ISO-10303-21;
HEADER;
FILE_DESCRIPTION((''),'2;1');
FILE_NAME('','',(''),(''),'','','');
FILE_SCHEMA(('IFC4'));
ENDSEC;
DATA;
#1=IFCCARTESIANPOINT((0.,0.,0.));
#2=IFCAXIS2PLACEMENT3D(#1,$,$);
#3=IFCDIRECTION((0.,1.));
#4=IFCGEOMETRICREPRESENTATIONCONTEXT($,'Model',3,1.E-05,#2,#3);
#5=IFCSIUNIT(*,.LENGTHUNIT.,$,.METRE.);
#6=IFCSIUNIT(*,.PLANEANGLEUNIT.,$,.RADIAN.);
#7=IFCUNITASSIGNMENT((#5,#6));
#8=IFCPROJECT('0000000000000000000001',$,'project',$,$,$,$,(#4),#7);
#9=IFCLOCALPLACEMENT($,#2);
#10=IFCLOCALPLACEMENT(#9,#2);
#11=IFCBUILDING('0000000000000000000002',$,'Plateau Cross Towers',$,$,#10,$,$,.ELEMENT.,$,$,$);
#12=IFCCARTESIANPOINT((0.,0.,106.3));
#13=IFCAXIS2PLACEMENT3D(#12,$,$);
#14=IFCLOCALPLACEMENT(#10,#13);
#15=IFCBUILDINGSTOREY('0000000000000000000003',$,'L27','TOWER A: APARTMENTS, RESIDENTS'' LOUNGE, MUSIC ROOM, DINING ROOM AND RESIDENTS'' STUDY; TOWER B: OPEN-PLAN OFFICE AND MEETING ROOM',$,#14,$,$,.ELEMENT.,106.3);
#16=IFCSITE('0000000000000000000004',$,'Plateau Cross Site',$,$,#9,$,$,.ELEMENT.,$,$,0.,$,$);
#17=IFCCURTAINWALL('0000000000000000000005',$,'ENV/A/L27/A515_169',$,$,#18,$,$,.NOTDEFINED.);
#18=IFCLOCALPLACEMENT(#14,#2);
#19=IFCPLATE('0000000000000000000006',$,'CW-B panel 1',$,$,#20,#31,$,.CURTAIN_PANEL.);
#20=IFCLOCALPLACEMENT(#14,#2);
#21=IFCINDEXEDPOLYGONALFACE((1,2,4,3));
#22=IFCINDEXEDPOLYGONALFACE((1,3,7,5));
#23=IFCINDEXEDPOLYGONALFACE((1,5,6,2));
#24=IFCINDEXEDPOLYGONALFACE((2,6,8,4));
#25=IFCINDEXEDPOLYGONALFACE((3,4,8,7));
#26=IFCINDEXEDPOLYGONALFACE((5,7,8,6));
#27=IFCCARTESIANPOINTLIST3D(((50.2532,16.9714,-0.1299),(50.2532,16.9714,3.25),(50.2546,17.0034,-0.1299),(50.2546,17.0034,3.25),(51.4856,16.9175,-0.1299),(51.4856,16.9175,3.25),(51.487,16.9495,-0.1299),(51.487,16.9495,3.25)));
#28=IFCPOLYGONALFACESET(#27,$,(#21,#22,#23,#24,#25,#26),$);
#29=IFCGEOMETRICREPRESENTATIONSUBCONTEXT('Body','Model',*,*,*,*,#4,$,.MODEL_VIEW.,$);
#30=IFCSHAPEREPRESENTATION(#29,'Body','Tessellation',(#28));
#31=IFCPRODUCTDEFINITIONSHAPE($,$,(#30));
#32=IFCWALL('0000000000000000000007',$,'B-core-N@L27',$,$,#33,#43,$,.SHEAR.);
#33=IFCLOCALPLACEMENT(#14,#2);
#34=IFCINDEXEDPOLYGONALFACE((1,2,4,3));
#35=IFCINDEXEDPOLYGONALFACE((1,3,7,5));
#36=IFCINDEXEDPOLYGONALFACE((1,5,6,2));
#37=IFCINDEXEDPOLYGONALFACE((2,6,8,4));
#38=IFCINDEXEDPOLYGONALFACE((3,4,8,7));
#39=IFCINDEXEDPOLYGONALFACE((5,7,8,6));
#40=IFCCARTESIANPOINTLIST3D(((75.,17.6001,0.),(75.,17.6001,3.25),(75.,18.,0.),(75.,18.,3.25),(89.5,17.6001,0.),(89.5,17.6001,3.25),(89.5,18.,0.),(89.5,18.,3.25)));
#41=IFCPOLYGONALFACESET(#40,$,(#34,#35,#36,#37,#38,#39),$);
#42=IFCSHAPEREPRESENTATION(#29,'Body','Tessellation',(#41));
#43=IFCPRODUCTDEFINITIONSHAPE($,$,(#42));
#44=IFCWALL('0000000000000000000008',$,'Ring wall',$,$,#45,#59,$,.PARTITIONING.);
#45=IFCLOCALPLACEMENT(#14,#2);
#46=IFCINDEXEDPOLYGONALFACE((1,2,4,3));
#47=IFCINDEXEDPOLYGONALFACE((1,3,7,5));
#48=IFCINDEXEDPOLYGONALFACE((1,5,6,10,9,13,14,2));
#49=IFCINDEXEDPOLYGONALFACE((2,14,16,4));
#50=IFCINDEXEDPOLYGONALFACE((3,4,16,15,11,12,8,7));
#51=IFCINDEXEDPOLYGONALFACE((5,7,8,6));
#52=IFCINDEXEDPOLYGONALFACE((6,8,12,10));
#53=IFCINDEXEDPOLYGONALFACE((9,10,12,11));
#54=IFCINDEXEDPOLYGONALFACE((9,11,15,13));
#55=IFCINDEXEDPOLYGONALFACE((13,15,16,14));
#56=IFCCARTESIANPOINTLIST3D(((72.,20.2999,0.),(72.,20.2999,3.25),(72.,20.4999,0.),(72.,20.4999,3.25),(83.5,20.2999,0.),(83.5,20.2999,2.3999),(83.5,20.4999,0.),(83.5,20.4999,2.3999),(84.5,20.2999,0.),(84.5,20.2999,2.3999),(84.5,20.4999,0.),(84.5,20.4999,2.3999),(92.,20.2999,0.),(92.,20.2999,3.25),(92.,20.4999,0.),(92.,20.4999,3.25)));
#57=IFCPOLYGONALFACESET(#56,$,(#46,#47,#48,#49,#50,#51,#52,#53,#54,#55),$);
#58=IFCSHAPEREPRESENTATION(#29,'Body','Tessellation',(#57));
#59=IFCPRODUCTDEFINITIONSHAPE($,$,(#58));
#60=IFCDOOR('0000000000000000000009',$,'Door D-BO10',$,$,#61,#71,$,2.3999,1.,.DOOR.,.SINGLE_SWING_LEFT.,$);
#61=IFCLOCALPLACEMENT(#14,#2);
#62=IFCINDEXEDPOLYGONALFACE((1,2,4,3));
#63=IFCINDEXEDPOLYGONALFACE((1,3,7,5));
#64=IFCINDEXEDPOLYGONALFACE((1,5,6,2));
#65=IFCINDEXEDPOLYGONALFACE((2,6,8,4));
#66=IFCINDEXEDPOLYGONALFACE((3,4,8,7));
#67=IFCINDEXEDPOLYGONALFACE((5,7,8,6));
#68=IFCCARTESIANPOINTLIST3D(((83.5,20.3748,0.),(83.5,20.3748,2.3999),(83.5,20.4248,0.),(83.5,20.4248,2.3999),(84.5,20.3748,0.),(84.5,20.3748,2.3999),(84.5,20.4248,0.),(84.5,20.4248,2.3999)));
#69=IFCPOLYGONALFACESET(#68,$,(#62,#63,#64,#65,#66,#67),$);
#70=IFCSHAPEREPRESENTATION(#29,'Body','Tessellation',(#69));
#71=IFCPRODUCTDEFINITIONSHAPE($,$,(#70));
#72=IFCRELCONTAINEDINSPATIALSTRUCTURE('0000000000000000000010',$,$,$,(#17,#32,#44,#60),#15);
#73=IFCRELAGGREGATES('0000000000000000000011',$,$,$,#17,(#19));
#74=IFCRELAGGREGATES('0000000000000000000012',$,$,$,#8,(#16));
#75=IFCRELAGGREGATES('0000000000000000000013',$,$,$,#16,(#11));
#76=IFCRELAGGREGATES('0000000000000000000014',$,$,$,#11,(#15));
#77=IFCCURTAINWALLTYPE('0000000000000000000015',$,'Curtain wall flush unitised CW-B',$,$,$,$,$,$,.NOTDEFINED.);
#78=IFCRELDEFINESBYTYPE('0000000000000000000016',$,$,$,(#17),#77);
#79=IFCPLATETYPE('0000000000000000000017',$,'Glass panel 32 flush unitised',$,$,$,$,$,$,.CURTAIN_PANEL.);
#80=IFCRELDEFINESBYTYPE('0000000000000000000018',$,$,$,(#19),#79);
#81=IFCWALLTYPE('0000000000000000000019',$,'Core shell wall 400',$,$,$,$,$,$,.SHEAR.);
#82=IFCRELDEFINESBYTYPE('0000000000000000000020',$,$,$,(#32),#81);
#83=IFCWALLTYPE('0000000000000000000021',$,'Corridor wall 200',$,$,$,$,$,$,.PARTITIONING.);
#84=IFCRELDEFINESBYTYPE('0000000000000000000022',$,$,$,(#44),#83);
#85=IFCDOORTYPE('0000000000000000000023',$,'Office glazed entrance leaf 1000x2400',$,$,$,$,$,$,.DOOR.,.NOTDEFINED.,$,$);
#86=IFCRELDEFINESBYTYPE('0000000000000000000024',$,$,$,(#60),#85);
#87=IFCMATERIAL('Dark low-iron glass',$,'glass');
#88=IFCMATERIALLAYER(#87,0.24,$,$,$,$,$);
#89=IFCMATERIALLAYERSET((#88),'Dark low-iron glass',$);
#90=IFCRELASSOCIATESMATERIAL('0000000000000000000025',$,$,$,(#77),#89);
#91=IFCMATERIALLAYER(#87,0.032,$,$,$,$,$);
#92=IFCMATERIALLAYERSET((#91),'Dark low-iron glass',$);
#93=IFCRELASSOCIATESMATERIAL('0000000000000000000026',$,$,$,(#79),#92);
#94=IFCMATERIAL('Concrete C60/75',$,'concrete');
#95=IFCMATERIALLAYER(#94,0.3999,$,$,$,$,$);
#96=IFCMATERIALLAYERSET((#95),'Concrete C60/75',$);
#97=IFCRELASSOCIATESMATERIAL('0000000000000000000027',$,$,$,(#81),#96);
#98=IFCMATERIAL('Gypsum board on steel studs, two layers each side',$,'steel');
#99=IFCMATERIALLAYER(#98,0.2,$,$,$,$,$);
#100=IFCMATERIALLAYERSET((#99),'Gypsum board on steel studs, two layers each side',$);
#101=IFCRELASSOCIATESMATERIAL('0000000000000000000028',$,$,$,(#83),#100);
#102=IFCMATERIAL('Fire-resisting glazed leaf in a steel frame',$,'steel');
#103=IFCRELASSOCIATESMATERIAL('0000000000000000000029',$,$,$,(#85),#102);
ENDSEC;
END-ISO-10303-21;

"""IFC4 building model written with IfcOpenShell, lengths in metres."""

from ifc_helpers import new_model, si_unit, direction, frame, frame_2d, origin, origin_2d, place, context, subcontext, project, spatial, rectangle, extrude, material, layer, layer_set, type_object, element, fill, aggregate, save


model = new_model("IFC4")

# Units and contexts
model_context = context("Model", 3, precision=1e-05, world=origin(), true_north=direction((0.0, 1.0)))
body_context = subcontext(model_context, "Body", "Model", "MODEL_VIEW")
ifc_project = project(units=[si_unit("LENGTHUNIT", "METRE"), si_unit("PLANEANGLEUNIT", "RADIAN")], contexts=[model_context])

# Site, building, storey
site_placement = place(None, origin())
site = spatial("IfcSite", under=ifc_project, at=site_placement, Name="Plateau Cross Site", CompositionType="ELEMENT", RefElevation=0.0)
building_placement = place(site_placement, origin())
building = spatial("IfcBuilding", under=site, at=building_placement, Name="Plateau Cross Towers", CompositionType="ELEMENT")
storey_placement = place(building_placement, frame((0.0, 0.0, 106.3)))
storey = spatial("IfcBuildingStorey", under=building, at=storey_placement, Name="L27", Description="TOWER A: APARTMENTS, RESIDENTS' LOUNGE, MUSIC ROOM, DINING ROOM AND RESIDENTS' STUDY; TOWER B: OPEN-PLAN OFFICE AND MEETING ROOM", CompositionType="ELEMENT", Elevation=106.3)

# Shared definitions
ifc_material_1 = material(Name="Concrete C60/75", Category="concrete")

# Shared definitions
ifc_material_2 = material(Name="Dark low-iron glass", Category="glass")
ifc_layer_1 = layer(ifc_material_2, 0.24)
ifc_layer_set_1 = layer_set([ifc_layer_1], Name="Dark low-iron glass")
curtain_wall_type_1 = type_object("IfcCurtainWallType", Name="Curtain wall flush unitised CW-B", PredefinedType="NOTDEFINED", material=ifc_layer_set_1)

# Curtain wall
curtain_wall_1_placement = place(storey_placement, origin())
curtain_wall_1 = element("IfcCurtainWall", 1, at=curtain_wall_1_placement, inside=storey, type_object=curtain_wall_type_1, Name="ENV/A/L27/A515_169", PredefinedType="NOTDEFINED")

# Plate
ifc_layer_2 = layer(ifc_material_2, 0.032)
ifc_layer_set_2 = layer_set([ifc_layer_2], Name="Dark low-iron glass")
plate_type_1 = type_object("IfcPlateType", Name="Glass panel 32 flush unitised", PredefinedType="CURTAIN_PANEL", material=ifc_layer_set_2)
plate_1_placement = place(storey_placement, frame((50.8701, 16.9604, -0.1299), z_axis=(0.0, 0.0, 1.0), x_axis=(-0.999044, 0.043723, 0.0)))
plate_1 = element("IfcPlate", 2, at=plate_1_placement, type_object=plate_type_1, Name="CW-B panel 1", PredefinedType="CURTAIN_PANEL", context=body_context, shape_type="SweptSolid", body=[
    extrude(rectangle(XDim=1.2336, YDim=0.032, at=origin_2d()), origin(), (0.0, 0.0, 1.0), 3.3799),
])
aggregate(curtain_wall_1, [plate_1])

# Wall
ifc_layer_3 = layer(ifc_material_1, 0.3999)
ifc_layer_set_3 = layer_set([ifc_layer_3], Name="Concrete C60/75")
wall_type_1 = type_object("IfcWallType", Name="Core shell wall 400", PredefinedType="SHEAR", material=ifc_layer_set_3)
wall_1_placement = place(storey_placement, frame((75.0, 17.8, 0.0), z_axis=(0.0, 0.0, 1.0), x_axis=(1.0, 0.0, 0.0)))
element("IfcWall", 3, at=wall_1_placement, inside=storey, type_object=wall_type_1, Name="B-core-N@L27", PredefinedType="SHEAR", context=body_context, shape_type="SweptSolid", body=[
    extrude(rectangle(XDim=14.5, YDim=0.3999, at=frame_2d((7.25, 0.0))), origin(), (0.0, 0.0, 1.0), 3.25),
])

# Wall, opening, door
ifc_material_3 = material(Name="Gypsum board on steel studs, two layers each side", Category="steel")
ifc_layer_4 = layer(ifc_material_3, 0.2)
ifc_layer_set_4 = layer_set([ifc_layer_4], Name="Gypsum board on steel studs, two layers each side")
wall_type_2 = type_object("IfcWallType", Name="Corridor wall 200", PredefinedType="PARTITIONING", material=ifc_layer_set_4)
wall_2_placement = place(storey_placement, frame((72.0, 20.3999, 0.0), z_axis=(0.0, 0.0, 1.0), x_axis=(1.0, 0.0, 0.0)))
wall_2 = element("IfcWall", 4, at=wall_2_placement, inside=storey, type_object=wall_type_2, Name="Ring wall", PredefinedType="PARTITIONING", context=body_context, shape_type="SweptSolid", body=[
    extrude(rectangle(XDim=20.0, YDim=0.2, at=frame_2d((10.0, 0.0))), origin(), (0.0, 0.0, 1.0), 3.25),
])
opening_placement = place(wall_2_placement, frame((11.5, 0.0, 0.0)))
opening = element("IfcOpeningElement", 5, at=opening_placement, cuts=wall_2, PredefinedType="OPENING", context=body_context, shape_type="SweptSolid", body=[
    extrude(rectangle(XDim=1.0, YDim=2.3999, at=frame_2d((0.5, 1.2))), frame((0.0, 0.1099, 0.0), z_axis=(0.0, -1.0, 0.0), x_axis=(1.0, 0.0, 0.0)), (0.0, 0.0, 1.0), 0.22),
])
ifc_material_4 = material(Name="Fire-resisting glazed leaf in a steel frame", Category="steel")
door_type = type_object("IfcDoorType", Name="Office glazed entrance leaf 1000x2400", OperationType="NOTDEFINED", PredefinedType="DOOR", material=ifc_material_4)
door_placement = place(opening_placement, origin())
door = element("IfcDoor", 6, at=door_placement, inside=storey, type_object=door_type, Name="Door D-BO10", OperationType="SINGLE_SWING_LEFT", OverallHeight=2.3999, OverallWidth=1.0, PredefinedType="DOOR", context=body_context, shape_type="SweptSolid", body=[
    extrude(rectangle(XDim=1.0, YDim=2.3999, at=frame_2d((0.5, 1.2))), frame((0.0, 0.0249, 0.0), z_axis=(0.0, -1.0, 0.0), x_axis=(1.0, 0.0, 0.0)), (0.0, 0.0, 1.0), 0.05),
])
fill(opening, door)

save(model, "model.ifc")
